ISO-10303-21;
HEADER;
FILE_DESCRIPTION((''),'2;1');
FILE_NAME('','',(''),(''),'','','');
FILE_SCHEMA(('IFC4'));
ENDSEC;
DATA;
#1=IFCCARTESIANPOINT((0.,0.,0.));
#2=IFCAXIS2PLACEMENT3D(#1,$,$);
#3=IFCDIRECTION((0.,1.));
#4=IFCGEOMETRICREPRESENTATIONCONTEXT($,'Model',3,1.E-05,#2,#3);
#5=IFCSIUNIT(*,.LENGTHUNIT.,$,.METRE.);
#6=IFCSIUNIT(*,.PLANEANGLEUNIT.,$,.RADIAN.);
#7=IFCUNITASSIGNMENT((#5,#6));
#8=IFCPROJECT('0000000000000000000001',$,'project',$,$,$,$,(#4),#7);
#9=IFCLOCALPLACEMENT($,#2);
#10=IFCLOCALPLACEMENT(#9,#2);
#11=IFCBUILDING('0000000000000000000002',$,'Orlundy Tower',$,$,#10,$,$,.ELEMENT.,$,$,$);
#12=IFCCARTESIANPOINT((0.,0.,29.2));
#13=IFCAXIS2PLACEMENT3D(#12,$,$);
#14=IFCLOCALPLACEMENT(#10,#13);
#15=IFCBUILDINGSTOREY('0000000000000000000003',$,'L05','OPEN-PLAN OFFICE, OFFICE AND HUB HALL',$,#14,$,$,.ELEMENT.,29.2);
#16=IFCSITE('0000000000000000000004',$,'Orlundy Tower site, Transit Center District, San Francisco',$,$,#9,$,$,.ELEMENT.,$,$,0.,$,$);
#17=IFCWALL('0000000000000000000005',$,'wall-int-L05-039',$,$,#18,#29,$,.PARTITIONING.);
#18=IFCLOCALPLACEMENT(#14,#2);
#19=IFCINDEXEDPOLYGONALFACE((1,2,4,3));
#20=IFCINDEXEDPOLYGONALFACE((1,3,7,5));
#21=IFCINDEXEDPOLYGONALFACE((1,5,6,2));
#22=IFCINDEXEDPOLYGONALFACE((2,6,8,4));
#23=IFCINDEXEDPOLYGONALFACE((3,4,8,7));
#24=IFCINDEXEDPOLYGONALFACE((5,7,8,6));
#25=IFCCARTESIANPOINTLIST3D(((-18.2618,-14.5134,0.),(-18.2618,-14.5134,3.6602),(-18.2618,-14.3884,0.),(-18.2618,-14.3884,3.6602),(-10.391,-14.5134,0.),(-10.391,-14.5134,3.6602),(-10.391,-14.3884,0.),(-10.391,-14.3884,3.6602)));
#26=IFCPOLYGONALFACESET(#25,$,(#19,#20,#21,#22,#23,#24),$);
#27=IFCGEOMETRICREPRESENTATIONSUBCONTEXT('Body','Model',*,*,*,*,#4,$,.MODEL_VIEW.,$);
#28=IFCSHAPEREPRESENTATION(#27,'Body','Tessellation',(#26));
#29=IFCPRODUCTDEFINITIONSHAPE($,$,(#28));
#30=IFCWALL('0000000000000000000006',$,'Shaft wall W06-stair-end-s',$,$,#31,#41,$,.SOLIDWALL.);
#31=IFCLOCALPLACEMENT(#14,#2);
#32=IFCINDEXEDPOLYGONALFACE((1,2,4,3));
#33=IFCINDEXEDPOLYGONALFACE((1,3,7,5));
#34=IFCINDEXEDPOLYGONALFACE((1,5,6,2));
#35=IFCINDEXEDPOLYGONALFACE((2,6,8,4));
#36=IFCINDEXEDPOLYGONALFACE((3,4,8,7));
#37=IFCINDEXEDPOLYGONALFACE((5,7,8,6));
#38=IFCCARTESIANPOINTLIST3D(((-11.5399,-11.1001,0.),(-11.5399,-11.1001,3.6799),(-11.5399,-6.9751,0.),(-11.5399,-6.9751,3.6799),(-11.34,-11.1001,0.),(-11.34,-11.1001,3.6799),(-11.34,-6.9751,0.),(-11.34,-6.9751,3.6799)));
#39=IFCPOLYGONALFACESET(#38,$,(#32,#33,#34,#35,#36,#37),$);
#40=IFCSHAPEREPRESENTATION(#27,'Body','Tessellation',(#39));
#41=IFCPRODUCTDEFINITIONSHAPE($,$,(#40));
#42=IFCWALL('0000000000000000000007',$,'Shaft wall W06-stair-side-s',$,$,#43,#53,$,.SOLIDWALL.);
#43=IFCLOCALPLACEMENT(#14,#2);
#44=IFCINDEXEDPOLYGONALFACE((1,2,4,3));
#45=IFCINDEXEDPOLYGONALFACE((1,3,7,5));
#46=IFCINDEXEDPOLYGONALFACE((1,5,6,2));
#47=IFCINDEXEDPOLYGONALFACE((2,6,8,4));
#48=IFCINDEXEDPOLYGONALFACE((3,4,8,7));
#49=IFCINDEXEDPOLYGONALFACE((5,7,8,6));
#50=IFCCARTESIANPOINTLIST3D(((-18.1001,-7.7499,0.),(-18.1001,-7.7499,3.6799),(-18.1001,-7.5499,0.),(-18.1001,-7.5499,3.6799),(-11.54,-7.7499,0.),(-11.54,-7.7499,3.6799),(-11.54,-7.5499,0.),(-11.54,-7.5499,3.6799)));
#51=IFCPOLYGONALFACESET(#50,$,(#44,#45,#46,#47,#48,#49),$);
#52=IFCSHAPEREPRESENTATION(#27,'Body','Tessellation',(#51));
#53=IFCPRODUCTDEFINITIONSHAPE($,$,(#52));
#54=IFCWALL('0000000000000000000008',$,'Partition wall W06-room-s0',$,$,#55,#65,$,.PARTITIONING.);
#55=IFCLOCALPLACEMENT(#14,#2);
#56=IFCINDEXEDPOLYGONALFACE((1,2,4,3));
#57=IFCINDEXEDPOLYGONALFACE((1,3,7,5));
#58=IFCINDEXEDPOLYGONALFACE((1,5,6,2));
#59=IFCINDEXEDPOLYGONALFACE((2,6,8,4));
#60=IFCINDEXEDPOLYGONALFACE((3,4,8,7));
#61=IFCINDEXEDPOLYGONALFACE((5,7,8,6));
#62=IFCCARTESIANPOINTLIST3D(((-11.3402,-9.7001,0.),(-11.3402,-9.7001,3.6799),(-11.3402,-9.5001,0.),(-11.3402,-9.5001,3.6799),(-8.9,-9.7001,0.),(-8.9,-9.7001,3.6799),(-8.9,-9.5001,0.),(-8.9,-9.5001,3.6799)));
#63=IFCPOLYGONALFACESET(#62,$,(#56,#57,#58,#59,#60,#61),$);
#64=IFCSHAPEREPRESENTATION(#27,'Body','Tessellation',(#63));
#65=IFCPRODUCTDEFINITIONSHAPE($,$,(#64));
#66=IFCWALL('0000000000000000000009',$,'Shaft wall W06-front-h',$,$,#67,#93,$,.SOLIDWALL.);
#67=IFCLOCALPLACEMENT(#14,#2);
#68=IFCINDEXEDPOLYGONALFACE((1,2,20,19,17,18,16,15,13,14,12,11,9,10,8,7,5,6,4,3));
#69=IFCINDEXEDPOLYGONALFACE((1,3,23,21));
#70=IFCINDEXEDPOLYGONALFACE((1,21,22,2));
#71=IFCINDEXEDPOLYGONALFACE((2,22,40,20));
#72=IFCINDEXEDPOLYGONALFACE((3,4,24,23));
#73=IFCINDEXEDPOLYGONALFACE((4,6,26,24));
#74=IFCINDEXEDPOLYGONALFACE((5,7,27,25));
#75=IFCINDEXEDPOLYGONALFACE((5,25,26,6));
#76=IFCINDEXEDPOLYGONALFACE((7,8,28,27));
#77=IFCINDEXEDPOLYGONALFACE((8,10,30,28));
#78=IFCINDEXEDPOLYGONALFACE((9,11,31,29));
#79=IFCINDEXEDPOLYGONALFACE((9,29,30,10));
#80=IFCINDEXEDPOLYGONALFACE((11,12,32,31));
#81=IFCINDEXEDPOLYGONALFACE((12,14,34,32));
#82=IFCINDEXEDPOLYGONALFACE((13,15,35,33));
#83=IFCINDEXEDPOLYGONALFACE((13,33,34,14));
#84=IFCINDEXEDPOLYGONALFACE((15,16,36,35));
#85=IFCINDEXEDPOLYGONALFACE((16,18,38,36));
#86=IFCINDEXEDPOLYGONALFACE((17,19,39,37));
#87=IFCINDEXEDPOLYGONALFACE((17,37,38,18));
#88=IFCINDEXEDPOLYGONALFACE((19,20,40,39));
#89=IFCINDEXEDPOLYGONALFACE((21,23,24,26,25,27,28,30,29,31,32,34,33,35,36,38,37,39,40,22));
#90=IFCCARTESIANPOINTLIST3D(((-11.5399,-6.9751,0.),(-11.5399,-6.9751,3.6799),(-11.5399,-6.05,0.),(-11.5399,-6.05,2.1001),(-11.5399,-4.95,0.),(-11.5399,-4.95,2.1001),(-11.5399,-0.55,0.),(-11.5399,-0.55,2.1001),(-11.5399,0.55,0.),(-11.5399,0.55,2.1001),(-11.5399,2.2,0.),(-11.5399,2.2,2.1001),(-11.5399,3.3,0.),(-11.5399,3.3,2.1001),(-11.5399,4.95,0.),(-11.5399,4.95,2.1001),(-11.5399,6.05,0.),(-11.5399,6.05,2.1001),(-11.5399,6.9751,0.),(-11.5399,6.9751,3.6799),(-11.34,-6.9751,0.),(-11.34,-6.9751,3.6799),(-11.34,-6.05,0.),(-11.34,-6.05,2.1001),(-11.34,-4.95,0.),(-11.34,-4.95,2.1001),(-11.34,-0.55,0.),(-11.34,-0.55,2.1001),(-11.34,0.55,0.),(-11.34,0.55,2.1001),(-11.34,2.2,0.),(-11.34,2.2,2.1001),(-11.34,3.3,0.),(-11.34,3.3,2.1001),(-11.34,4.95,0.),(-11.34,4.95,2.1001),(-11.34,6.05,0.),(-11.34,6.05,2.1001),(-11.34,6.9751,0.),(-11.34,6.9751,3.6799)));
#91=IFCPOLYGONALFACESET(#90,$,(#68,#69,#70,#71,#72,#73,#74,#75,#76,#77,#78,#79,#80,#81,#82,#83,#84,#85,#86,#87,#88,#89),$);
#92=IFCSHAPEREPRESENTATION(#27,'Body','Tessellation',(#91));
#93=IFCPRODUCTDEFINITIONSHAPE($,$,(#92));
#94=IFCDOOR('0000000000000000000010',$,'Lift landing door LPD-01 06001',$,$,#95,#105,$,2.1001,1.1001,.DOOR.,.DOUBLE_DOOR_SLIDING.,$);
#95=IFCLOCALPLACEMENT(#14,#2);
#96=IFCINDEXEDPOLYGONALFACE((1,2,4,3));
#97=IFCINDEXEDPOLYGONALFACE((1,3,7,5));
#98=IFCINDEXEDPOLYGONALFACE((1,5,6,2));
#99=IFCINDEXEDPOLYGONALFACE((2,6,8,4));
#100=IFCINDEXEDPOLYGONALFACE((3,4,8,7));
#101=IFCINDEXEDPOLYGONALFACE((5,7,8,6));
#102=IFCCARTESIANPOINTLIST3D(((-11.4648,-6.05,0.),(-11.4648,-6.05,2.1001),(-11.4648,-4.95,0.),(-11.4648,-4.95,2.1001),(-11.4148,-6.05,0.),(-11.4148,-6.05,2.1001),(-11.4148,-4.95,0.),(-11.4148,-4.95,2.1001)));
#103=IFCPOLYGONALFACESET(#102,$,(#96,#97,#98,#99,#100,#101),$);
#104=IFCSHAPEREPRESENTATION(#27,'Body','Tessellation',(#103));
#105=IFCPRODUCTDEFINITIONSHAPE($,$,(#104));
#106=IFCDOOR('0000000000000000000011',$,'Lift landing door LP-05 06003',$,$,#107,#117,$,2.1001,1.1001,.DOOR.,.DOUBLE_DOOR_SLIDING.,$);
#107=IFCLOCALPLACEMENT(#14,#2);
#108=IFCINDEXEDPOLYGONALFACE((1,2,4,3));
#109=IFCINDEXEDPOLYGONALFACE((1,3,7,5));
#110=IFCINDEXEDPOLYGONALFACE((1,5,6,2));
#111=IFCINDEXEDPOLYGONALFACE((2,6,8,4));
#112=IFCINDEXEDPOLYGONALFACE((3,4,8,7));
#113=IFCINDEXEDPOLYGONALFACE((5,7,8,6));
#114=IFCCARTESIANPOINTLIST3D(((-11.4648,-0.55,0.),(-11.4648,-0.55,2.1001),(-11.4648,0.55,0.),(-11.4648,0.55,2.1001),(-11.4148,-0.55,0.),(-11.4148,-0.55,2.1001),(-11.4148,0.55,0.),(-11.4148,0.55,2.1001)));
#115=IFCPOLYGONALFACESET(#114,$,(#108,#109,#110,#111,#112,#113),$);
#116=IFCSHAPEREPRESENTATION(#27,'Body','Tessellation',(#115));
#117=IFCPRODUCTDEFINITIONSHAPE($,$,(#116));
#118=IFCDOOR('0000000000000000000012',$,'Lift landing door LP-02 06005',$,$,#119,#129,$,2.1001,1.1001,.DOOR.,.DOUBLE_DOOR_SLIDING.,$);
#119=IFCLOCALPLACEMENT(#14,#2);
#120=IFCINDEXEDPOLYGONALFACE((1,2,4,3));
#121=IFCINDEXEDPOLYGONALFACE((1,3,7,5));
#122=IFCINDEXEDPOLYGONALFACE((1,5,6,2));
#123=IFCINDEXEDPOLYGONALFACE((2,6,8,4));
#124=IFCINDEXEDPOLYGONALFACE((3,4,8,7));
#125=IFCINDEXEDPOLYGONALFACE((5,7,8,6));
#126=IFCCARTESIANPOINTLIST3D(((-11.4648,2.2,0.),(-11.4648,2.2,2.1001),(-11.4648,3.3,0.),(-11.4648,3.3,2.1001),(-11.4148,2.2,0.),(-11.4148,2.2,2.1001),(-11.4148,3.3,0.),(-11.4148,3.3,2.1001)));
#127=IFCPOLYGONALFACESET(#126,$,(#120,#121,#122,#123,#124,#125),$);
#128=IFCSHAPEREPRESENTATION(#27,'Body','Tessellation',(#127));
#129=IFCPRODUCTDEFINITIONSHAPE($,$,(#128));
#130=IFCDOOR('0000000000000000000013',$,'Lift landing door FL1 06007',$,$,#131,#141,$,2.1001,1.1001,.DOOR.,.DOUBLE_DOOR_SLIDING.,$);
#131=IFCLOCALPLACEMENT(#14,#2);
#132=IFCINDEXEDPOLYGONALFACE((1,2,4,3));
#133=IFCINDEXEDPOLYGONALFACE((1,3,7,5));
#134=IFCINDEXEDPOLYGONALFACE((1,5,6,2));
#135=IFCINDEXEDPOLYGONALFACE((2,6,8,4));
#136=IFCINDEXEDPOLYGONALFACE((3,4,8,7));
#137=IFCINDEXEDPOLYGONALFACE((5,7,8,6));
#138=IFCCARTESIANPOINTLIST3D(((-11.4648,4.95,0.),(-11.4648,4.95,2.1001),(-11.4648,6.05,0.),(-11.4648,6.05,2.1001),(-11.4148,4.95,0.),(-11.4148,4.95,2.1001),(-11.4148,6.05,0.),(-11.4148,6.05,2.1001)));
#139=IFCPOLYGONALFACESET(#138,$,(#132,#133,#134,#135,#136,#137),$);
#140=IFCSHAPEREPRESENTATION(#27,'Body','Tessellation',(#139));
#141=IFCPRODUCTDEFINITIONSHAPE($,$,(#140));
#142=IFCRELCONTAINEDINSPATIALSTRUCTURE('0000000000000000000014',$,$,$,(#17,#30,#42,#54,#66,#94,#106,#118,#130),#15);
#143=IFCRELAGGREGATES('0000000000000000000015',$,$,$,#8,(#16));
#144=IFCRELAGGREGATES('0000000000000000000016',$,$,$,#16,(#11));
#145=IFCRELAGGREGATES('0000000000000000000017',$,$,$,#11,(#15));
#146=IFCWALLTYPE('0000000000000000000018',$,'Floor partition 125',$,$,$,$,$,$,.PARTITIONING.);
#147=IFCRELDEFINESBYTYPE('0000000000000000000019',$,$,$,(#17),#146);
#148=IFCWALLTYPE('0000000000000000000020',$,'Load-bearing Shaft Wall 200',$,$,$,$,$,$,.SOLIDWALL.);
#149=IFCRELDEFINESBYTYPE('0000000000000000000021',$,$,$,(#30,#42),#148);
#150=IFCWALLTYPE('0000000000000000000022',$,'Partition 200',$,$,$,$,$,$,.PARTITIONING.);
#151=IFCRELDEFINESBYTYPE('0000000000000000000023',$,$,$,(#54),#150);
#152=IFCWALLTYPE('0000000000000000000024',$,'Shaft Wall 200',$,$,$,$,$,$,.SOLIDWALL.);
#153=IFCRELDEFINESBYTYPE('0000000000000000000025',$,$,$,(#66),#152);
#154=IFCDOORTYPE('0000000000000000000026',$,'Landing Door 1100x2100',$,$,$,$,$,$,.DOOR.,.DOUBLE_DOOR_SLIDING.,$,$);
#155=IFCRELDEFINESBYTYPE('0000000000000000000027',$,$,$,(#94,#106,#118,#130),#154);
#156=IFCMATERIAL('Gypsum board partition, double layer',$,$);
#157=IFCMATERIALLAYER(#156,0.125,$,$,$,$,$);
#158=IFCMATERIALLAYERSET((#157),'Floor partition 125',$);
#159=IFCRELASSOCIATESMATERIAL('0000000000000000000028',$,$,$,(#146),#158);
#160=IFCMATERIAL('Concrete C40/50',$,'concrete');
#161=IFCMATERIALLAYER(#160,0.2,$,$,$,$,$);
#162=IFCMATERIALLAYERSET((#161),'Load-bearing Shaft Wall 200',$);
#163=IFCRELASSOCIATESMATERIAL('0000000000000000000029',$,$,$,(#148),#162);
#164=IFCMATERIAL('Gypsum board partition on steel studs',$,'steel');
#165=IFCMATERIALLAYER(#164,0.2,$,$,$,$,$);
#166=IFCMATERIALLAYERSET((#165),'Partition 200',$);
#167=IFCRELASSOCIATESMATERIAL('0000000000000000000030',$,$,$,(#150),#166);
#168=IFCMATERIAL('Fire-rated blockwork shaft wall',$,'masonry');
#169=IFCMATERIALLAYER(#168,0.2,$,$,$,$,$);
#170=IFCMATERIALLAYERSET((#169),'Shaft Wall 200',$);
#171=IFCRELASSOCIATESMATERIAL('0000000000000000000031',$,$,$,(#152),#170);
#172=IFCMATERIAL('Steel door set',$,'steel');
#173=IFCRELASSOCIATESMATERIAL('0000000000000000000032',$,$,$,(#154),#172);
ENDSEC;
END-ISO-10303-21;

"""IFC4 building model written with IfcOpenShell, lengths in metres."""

from ifc_helpers import new_model, si_unit, direction, frame, frame_2d, origin, place, context, subcontext, project, spatial, rectangle, extrude, material, layer, layer_set, type_object, element, fill, save


model = new_model("IFC4")

# Units and contexts
model_context = context("Model", 3, precision=1e-05, world=origin(), true_north=direction((0.0, 1.0)))
body_context = subcontext(model_context, "Body", "Model", "MODEL_VIEW")
ifc_project = project(units=[si_unit("LENGTHUNIT", "METRE"), si_unit("PLANEANGLEUNIT", "RADIAN")], contexts=[model_context])

# Site, building, storey
site_placement = place(None, origin())
site = spatial("IfcSite", under=ifc_project, at=site_placement, Name="Orlundy Tower site, Transit Center District, San Francisco", CompositionType="ELEMENT", RefElevation=0.0)
building_placement = place(site_placement, origin())
building = spatial("IfcBuilding", under=site, at=building_placement, Name="Orlundy Tower", CompositionType="ELEMENT")
storey_placement = place(building_placement, frame((0.0, 0.0, 29.2)))
storey = spatial("IfcBuildingStorey", under=building, at=storey_placement, Name="L05", Description="OPEN-PLAN OFFICE, OFFICE AND HUB HALL", CompositionType="ELEMENT", Elevation=29.2)

# Shared definitions
ifc_material_1 = material(Name="Gypsum board partition, double layer")
ifc_layer_1 = layer(ifc_material_1, 0.125)
ifc_layer_set_1 = layer_set([ifc_layer_1], Name="Floor partition 125")
wall_type_1 = type_object("IfcWallType", Name="Floor partition 125", PredefinedType="PARTITIONING", material=ifc_layer_set_1)

# Walls
wall_1_placement = place(storey_placement, frame((-18.262, -14.4509, 0.0), z_axis=(0.0, 0.0, 1.0), x_axis=(1.0, 0.0, 0.0)))
element("IfcWall", 1, at=wall_1_placement, inside=storey, type_object=wall_type_1, Name="wall-int-L05-039", PredefinedType="PARTITIONING", context=body_context, shape_type="SweptSolid", body=[
    extrude(rectangle(XDim=7.8708, YDim=0.125, at=frame_2d((3.9355, 0.0))), origin(), (0.0, 0.0, 1.0), 3.6602),
])
ifc_material_2 = material(Name="Concrete C40/50", Category="concrete")
ifc_layer_2 = layer(ifc_material_2, 0.2)
ifc_layer_set_2 = layer_set([ifc_layer_2], Name="Load-bearing Shaft Wall 200")
wall_type_2 = type_object("IfcWallType", Name="Load-bearing Shaft Wall 200", PredefinedType="SOLIDWALL", material=ifc_layer_set_2)
wall_2_placement = place(storey_placement, frame((-11.4399, -11.1001, 0.0), z_axis=(0.0, 0.0, 1.0), x_axis=(0.0, 1.0, 0.0)))
element("IfcWall", 2, at=wall_2_placement, inside=storey, type_object=wall_type_2, Name="Shaft wall W06-stair-end-s", PredefinedType="SOLIDWALL", context=body_context, shape_type="SweptSolid", body=[
    extrude(rectangle(XDim=4.125, YDim=0.2, at=frame_2d((2.0625, 0.0))), origin(), (0.0, 0.0, 1.0), 3.6799),
])
wall_3_placement = place(storey_placement, frame((-11.54, -7.6499, 0.0), z_axis=(0.0, 0.0, 1.0), x_axis=(-1.0, 0.0, 0.0)))
element("IfcWall", 3, at=wall_3_placement, inside=storey, type_object=wall_type_2, Name="Shaft wall W06-stair-side-s", PredefinedType="SOLIDWALL", context=body_context, shape_type="SweptSolid", body=[
    extrude(rectangle(XDim=6.5601, YDim=0.2, at=frame_2d((3.28, 0.0))), origin(), (0.0, 0.0, 1.0), 3.6799),
])
ifc_material_3 = material(Name="Gypsum board partition on steel studs", Category="steel")
ifc_layer_3 = layer(ifc_material_3, 0.2)
ifc_layer_set_3 = layer_set([ifc_layer_3], Name="Partition 200")
wall_type_3 = type_object("IfcWallType", Name="Partition 200", PredefinedType="PARTITIONING", material=ifc_layer_set_3)
wall_4_placement = place(storey_placement, frame((-8.8999, -9.6001, 0.0), z_axis=(0.0, 0.0, 1.0), x_axis=(-1.0, 0.0, 0.0)))
element("IfcWall", 4, at=wall_4_placement, inside=storey, type_object=wall_type_3, Name="Partition wall W06-room-s0", PredefinedType="PARTITIONING", context=body_context, shape_type="SweptSolid", body=[
    extrude(rectangle(XDim=2.4402, YDim=0.2, at=frame_2d((1.2202, 0.0))), origin(), (0.0, 0.0, 1.0), 3.6799),
])

# Wall, openings, doors
ifc_material_4 = material(Name="Fire-rated blockwork shaft wall", Category="masonry")
ifc_layer_4 = layer(ifc_material_4, 0.2)
ifc_layer_set_4 = layer_set([ifc_layer_4], Name="Shaft Wall 200")
wall_type_4 = type_object("IfcWallType", Name="Shaft Wall 200", PredefinedType="SOLIDWALL", material=ifc_layer_set_4)
wall_5_placement = place(storey_placement, frame((-11.4399, -6.9751, 0.0), z_axis=(0.0, 0.0, 1.0), x_axis=(0.0, 1.0, 0.0)))
wall_5 = element("IfcWall", 5, at=wall_5_placement, inside=storey, type_object=wall_type_4, Name="Shaft wall W06-front-h", PredefinedType="SOLIDWALL", context=body_context, shape_type="SweptSolid", body=[
    extrude(rectangle(XDim=13.9502, YDim=0.2, at=frame_2d((6.9751, 0.0))), origin(), (0.0, 0.0, 1.0), 3.6799),
])
opening_1_placement = place(wall_5_placement, frame((0.925, 0.0, 0.0)))
opening_1 = element("IfcOpeningElement", 6, at=opening_1_placement, cuts=wall_5, PredefinedType="OPENING", context=body_context, shape_type="SweptSolid", body=[
    extrude(rectangle(XDim=1.1001, YDim=2.1001, at=frame_2d((0.55, 1.05))), frame((0.0, 0.1101, 0.0), z_axis=(0.0, -1.0, 0.0), x_axis=(1.0, 0.0, 0.0)), (0.0, 0.0, 1.0), 0.2202),
])
opening_2_placement = place(wall_5_placement, frame((6.425, 0.0, 0.0)))
opening_2 = element("IfcOpeningElement", 7, at=opening_2_placement, cuts=wall_5, PredefinedType="OPENING", context=body_context, shape_type="SweptSolid", body=[
    extrude(rectangle(XDim=1.1001, YDim=2.1001, at=frame_2d((0.55, 1.05))), frame((0.0, 0.1101, 0.0), z_axis=(0.0, -1.0, 0.0), x_axis=(1.0, 0.0, 0.0)), (0.0, 0.0, 1.0), 0.2202),
])
opening_3_placement = place(wall_5_placement, frame((9.175, 0.0, 0.0)))
opening_3 = element("IfcOpeningElement", 8, at=opening_3_placement, cuts=wall_5, PredefinedType="OPENING", context=body_context, shape_type="SweptSolid", body=[
    extrude(rectangle(XDim=1.1001, YDim=2.1001, at=frame_2d((0.55, 1.05))), frame((0.0, 0.1101, 0.0), z_axis=(0.0, -1.0, 0.0), x_axis=(1.0, 0.0, 0.0)), (0.0, 0.0, 1.0), 0.2202),
])
opening_4_placement = place(wall_5_placement, frame((11.925, 0.0, 0.0)))
opening_4 = element("IfcOpeningElement", 9, at=opening_4_placement, cuts=wall_5, PredefinedType="OPENING", context=body_context, shape_type="SweptSolid", body=[
    extrude(rectangle(XDim=1.1001, YDim=2.1001, at=frame_2d((0.55, 1.05))), frame((0.0, 0.1101, 0.0), z_axis=(0.0, -1.0, 0.0), x_axis=(1.0, 0.0, 0.0)), (0.0, 0.0, 1.0), 0.2202),
])
ifc_material_5 = material(Name="Steel door set", Category="steel")
door_type_1 = type_object("IfcDoorType", Name="Landing Door 1100x2100", OperationType="DOUBLE_DOOR_SLIDING", PredefinedType="DOOR", material=ifc_material_5)
door_1_placement = place(opening_1_placement, origin())
door_1 = element("IfcDoor", 10, at=door_1_placement, inside=storey, type_object=door_type_1, Name="Lift landing door LPD-01 06001", OperationType="DOUBLE_DOOR_SLIDING", OverallHeight=2.1001, OverallWidth=1.1001, PredefinedType="DOOR", context=body_context, shape_type="SweptSolid", body=[
    extrude(rectangle(XDim=1.1001, YDim=2.1001, at=frame_2d((0.55, 1.05))), frame((0.0, 0.0249, 0.0), z_axis=(0.0, -1.0, 0.0), x_axis=(1.0, 0.0, 0.0)), (0.0, 0.0, 1.0), 0.05),
])
fill(opening_1, door_1)
door_2_placement = place(opening_2_placement, origin())
door_2 = element("IfcDoor", 11, at=door_2_placement, inside=storey, type_object=door_type_1, Name="Lift landing door LP-05 06003", OperationType="DOUBLE_DOOR_SLIDING", OverallHeight=2.1001, OverallWidth=1.1001, PredefinedType="DOOR", context=body_context, shape_type="SweptSolid", body=[
    extrude(rectangle(XDim=1.1001, YDim=2.1001, at=frame_2d((0.55, 1.05))), frame((0.0, 0.0249, 0.0), z_axis=(0.0, -1.0, 0.0), x_axis=(1.0, 0.0, 0.0)), (0.0, 0.0, 1.0), 0.05),
])
fill(opening_2, door_2)
door_3_placement = place(opening_3_placement, origin())
door_3 = element("IfcDoor", 12, at=door_3_placement, inside=storey, type_object=door_type_1, Name="Lift landing door LP-02 06005", OperationType="DOUBLE_DOOR_SLIDING", OverallHeight=2.1001, OverallWidth=1.1001, PredefinedType="DOOR", context=body_context, shape_type="SweptSolid", body=[
    extrude(rectangle(XDim=1.1001, YDim=2.1001, at=frame_2d((0.55, 1.05))), frame((0.0, 0.0249, 0.0), z_axis=(0.0, -1.0, 0.0), x_axis=(1.0, 0.0, 0.0)), (0.0, 0.0, 1.0), 0.05),
])
fill(opening_3, door_3)
door_4_placement = place(opening_4_placement, origin())
door_4 = element("IfcDoor", 13, at=door_4_placement, inside=storey, type_object=door_type_1, Name="Lift landing door FL1 06007", OperationType="DOUBLE_DOOR_SLIDING", OverallHeight=2.1001, OverallWidth=1.1001, PredefinedType="DOOR", context=body_context, shape_type="SweptSolid", body=[
    extrude(rectangle(XDim=1.1001, YDim=2.1001, at=frame_2d((0.55, 1.05))), frame((0.0, 0.0249, 0.0), z_axis=(0.0, -1.0, 0.0), x_axis=(1.0, 0.0, 0.0)), (0.0, 0.0, 1.0), 0.05),
])
fill(opening_4, door_4)

save(model, "model.ifc")
